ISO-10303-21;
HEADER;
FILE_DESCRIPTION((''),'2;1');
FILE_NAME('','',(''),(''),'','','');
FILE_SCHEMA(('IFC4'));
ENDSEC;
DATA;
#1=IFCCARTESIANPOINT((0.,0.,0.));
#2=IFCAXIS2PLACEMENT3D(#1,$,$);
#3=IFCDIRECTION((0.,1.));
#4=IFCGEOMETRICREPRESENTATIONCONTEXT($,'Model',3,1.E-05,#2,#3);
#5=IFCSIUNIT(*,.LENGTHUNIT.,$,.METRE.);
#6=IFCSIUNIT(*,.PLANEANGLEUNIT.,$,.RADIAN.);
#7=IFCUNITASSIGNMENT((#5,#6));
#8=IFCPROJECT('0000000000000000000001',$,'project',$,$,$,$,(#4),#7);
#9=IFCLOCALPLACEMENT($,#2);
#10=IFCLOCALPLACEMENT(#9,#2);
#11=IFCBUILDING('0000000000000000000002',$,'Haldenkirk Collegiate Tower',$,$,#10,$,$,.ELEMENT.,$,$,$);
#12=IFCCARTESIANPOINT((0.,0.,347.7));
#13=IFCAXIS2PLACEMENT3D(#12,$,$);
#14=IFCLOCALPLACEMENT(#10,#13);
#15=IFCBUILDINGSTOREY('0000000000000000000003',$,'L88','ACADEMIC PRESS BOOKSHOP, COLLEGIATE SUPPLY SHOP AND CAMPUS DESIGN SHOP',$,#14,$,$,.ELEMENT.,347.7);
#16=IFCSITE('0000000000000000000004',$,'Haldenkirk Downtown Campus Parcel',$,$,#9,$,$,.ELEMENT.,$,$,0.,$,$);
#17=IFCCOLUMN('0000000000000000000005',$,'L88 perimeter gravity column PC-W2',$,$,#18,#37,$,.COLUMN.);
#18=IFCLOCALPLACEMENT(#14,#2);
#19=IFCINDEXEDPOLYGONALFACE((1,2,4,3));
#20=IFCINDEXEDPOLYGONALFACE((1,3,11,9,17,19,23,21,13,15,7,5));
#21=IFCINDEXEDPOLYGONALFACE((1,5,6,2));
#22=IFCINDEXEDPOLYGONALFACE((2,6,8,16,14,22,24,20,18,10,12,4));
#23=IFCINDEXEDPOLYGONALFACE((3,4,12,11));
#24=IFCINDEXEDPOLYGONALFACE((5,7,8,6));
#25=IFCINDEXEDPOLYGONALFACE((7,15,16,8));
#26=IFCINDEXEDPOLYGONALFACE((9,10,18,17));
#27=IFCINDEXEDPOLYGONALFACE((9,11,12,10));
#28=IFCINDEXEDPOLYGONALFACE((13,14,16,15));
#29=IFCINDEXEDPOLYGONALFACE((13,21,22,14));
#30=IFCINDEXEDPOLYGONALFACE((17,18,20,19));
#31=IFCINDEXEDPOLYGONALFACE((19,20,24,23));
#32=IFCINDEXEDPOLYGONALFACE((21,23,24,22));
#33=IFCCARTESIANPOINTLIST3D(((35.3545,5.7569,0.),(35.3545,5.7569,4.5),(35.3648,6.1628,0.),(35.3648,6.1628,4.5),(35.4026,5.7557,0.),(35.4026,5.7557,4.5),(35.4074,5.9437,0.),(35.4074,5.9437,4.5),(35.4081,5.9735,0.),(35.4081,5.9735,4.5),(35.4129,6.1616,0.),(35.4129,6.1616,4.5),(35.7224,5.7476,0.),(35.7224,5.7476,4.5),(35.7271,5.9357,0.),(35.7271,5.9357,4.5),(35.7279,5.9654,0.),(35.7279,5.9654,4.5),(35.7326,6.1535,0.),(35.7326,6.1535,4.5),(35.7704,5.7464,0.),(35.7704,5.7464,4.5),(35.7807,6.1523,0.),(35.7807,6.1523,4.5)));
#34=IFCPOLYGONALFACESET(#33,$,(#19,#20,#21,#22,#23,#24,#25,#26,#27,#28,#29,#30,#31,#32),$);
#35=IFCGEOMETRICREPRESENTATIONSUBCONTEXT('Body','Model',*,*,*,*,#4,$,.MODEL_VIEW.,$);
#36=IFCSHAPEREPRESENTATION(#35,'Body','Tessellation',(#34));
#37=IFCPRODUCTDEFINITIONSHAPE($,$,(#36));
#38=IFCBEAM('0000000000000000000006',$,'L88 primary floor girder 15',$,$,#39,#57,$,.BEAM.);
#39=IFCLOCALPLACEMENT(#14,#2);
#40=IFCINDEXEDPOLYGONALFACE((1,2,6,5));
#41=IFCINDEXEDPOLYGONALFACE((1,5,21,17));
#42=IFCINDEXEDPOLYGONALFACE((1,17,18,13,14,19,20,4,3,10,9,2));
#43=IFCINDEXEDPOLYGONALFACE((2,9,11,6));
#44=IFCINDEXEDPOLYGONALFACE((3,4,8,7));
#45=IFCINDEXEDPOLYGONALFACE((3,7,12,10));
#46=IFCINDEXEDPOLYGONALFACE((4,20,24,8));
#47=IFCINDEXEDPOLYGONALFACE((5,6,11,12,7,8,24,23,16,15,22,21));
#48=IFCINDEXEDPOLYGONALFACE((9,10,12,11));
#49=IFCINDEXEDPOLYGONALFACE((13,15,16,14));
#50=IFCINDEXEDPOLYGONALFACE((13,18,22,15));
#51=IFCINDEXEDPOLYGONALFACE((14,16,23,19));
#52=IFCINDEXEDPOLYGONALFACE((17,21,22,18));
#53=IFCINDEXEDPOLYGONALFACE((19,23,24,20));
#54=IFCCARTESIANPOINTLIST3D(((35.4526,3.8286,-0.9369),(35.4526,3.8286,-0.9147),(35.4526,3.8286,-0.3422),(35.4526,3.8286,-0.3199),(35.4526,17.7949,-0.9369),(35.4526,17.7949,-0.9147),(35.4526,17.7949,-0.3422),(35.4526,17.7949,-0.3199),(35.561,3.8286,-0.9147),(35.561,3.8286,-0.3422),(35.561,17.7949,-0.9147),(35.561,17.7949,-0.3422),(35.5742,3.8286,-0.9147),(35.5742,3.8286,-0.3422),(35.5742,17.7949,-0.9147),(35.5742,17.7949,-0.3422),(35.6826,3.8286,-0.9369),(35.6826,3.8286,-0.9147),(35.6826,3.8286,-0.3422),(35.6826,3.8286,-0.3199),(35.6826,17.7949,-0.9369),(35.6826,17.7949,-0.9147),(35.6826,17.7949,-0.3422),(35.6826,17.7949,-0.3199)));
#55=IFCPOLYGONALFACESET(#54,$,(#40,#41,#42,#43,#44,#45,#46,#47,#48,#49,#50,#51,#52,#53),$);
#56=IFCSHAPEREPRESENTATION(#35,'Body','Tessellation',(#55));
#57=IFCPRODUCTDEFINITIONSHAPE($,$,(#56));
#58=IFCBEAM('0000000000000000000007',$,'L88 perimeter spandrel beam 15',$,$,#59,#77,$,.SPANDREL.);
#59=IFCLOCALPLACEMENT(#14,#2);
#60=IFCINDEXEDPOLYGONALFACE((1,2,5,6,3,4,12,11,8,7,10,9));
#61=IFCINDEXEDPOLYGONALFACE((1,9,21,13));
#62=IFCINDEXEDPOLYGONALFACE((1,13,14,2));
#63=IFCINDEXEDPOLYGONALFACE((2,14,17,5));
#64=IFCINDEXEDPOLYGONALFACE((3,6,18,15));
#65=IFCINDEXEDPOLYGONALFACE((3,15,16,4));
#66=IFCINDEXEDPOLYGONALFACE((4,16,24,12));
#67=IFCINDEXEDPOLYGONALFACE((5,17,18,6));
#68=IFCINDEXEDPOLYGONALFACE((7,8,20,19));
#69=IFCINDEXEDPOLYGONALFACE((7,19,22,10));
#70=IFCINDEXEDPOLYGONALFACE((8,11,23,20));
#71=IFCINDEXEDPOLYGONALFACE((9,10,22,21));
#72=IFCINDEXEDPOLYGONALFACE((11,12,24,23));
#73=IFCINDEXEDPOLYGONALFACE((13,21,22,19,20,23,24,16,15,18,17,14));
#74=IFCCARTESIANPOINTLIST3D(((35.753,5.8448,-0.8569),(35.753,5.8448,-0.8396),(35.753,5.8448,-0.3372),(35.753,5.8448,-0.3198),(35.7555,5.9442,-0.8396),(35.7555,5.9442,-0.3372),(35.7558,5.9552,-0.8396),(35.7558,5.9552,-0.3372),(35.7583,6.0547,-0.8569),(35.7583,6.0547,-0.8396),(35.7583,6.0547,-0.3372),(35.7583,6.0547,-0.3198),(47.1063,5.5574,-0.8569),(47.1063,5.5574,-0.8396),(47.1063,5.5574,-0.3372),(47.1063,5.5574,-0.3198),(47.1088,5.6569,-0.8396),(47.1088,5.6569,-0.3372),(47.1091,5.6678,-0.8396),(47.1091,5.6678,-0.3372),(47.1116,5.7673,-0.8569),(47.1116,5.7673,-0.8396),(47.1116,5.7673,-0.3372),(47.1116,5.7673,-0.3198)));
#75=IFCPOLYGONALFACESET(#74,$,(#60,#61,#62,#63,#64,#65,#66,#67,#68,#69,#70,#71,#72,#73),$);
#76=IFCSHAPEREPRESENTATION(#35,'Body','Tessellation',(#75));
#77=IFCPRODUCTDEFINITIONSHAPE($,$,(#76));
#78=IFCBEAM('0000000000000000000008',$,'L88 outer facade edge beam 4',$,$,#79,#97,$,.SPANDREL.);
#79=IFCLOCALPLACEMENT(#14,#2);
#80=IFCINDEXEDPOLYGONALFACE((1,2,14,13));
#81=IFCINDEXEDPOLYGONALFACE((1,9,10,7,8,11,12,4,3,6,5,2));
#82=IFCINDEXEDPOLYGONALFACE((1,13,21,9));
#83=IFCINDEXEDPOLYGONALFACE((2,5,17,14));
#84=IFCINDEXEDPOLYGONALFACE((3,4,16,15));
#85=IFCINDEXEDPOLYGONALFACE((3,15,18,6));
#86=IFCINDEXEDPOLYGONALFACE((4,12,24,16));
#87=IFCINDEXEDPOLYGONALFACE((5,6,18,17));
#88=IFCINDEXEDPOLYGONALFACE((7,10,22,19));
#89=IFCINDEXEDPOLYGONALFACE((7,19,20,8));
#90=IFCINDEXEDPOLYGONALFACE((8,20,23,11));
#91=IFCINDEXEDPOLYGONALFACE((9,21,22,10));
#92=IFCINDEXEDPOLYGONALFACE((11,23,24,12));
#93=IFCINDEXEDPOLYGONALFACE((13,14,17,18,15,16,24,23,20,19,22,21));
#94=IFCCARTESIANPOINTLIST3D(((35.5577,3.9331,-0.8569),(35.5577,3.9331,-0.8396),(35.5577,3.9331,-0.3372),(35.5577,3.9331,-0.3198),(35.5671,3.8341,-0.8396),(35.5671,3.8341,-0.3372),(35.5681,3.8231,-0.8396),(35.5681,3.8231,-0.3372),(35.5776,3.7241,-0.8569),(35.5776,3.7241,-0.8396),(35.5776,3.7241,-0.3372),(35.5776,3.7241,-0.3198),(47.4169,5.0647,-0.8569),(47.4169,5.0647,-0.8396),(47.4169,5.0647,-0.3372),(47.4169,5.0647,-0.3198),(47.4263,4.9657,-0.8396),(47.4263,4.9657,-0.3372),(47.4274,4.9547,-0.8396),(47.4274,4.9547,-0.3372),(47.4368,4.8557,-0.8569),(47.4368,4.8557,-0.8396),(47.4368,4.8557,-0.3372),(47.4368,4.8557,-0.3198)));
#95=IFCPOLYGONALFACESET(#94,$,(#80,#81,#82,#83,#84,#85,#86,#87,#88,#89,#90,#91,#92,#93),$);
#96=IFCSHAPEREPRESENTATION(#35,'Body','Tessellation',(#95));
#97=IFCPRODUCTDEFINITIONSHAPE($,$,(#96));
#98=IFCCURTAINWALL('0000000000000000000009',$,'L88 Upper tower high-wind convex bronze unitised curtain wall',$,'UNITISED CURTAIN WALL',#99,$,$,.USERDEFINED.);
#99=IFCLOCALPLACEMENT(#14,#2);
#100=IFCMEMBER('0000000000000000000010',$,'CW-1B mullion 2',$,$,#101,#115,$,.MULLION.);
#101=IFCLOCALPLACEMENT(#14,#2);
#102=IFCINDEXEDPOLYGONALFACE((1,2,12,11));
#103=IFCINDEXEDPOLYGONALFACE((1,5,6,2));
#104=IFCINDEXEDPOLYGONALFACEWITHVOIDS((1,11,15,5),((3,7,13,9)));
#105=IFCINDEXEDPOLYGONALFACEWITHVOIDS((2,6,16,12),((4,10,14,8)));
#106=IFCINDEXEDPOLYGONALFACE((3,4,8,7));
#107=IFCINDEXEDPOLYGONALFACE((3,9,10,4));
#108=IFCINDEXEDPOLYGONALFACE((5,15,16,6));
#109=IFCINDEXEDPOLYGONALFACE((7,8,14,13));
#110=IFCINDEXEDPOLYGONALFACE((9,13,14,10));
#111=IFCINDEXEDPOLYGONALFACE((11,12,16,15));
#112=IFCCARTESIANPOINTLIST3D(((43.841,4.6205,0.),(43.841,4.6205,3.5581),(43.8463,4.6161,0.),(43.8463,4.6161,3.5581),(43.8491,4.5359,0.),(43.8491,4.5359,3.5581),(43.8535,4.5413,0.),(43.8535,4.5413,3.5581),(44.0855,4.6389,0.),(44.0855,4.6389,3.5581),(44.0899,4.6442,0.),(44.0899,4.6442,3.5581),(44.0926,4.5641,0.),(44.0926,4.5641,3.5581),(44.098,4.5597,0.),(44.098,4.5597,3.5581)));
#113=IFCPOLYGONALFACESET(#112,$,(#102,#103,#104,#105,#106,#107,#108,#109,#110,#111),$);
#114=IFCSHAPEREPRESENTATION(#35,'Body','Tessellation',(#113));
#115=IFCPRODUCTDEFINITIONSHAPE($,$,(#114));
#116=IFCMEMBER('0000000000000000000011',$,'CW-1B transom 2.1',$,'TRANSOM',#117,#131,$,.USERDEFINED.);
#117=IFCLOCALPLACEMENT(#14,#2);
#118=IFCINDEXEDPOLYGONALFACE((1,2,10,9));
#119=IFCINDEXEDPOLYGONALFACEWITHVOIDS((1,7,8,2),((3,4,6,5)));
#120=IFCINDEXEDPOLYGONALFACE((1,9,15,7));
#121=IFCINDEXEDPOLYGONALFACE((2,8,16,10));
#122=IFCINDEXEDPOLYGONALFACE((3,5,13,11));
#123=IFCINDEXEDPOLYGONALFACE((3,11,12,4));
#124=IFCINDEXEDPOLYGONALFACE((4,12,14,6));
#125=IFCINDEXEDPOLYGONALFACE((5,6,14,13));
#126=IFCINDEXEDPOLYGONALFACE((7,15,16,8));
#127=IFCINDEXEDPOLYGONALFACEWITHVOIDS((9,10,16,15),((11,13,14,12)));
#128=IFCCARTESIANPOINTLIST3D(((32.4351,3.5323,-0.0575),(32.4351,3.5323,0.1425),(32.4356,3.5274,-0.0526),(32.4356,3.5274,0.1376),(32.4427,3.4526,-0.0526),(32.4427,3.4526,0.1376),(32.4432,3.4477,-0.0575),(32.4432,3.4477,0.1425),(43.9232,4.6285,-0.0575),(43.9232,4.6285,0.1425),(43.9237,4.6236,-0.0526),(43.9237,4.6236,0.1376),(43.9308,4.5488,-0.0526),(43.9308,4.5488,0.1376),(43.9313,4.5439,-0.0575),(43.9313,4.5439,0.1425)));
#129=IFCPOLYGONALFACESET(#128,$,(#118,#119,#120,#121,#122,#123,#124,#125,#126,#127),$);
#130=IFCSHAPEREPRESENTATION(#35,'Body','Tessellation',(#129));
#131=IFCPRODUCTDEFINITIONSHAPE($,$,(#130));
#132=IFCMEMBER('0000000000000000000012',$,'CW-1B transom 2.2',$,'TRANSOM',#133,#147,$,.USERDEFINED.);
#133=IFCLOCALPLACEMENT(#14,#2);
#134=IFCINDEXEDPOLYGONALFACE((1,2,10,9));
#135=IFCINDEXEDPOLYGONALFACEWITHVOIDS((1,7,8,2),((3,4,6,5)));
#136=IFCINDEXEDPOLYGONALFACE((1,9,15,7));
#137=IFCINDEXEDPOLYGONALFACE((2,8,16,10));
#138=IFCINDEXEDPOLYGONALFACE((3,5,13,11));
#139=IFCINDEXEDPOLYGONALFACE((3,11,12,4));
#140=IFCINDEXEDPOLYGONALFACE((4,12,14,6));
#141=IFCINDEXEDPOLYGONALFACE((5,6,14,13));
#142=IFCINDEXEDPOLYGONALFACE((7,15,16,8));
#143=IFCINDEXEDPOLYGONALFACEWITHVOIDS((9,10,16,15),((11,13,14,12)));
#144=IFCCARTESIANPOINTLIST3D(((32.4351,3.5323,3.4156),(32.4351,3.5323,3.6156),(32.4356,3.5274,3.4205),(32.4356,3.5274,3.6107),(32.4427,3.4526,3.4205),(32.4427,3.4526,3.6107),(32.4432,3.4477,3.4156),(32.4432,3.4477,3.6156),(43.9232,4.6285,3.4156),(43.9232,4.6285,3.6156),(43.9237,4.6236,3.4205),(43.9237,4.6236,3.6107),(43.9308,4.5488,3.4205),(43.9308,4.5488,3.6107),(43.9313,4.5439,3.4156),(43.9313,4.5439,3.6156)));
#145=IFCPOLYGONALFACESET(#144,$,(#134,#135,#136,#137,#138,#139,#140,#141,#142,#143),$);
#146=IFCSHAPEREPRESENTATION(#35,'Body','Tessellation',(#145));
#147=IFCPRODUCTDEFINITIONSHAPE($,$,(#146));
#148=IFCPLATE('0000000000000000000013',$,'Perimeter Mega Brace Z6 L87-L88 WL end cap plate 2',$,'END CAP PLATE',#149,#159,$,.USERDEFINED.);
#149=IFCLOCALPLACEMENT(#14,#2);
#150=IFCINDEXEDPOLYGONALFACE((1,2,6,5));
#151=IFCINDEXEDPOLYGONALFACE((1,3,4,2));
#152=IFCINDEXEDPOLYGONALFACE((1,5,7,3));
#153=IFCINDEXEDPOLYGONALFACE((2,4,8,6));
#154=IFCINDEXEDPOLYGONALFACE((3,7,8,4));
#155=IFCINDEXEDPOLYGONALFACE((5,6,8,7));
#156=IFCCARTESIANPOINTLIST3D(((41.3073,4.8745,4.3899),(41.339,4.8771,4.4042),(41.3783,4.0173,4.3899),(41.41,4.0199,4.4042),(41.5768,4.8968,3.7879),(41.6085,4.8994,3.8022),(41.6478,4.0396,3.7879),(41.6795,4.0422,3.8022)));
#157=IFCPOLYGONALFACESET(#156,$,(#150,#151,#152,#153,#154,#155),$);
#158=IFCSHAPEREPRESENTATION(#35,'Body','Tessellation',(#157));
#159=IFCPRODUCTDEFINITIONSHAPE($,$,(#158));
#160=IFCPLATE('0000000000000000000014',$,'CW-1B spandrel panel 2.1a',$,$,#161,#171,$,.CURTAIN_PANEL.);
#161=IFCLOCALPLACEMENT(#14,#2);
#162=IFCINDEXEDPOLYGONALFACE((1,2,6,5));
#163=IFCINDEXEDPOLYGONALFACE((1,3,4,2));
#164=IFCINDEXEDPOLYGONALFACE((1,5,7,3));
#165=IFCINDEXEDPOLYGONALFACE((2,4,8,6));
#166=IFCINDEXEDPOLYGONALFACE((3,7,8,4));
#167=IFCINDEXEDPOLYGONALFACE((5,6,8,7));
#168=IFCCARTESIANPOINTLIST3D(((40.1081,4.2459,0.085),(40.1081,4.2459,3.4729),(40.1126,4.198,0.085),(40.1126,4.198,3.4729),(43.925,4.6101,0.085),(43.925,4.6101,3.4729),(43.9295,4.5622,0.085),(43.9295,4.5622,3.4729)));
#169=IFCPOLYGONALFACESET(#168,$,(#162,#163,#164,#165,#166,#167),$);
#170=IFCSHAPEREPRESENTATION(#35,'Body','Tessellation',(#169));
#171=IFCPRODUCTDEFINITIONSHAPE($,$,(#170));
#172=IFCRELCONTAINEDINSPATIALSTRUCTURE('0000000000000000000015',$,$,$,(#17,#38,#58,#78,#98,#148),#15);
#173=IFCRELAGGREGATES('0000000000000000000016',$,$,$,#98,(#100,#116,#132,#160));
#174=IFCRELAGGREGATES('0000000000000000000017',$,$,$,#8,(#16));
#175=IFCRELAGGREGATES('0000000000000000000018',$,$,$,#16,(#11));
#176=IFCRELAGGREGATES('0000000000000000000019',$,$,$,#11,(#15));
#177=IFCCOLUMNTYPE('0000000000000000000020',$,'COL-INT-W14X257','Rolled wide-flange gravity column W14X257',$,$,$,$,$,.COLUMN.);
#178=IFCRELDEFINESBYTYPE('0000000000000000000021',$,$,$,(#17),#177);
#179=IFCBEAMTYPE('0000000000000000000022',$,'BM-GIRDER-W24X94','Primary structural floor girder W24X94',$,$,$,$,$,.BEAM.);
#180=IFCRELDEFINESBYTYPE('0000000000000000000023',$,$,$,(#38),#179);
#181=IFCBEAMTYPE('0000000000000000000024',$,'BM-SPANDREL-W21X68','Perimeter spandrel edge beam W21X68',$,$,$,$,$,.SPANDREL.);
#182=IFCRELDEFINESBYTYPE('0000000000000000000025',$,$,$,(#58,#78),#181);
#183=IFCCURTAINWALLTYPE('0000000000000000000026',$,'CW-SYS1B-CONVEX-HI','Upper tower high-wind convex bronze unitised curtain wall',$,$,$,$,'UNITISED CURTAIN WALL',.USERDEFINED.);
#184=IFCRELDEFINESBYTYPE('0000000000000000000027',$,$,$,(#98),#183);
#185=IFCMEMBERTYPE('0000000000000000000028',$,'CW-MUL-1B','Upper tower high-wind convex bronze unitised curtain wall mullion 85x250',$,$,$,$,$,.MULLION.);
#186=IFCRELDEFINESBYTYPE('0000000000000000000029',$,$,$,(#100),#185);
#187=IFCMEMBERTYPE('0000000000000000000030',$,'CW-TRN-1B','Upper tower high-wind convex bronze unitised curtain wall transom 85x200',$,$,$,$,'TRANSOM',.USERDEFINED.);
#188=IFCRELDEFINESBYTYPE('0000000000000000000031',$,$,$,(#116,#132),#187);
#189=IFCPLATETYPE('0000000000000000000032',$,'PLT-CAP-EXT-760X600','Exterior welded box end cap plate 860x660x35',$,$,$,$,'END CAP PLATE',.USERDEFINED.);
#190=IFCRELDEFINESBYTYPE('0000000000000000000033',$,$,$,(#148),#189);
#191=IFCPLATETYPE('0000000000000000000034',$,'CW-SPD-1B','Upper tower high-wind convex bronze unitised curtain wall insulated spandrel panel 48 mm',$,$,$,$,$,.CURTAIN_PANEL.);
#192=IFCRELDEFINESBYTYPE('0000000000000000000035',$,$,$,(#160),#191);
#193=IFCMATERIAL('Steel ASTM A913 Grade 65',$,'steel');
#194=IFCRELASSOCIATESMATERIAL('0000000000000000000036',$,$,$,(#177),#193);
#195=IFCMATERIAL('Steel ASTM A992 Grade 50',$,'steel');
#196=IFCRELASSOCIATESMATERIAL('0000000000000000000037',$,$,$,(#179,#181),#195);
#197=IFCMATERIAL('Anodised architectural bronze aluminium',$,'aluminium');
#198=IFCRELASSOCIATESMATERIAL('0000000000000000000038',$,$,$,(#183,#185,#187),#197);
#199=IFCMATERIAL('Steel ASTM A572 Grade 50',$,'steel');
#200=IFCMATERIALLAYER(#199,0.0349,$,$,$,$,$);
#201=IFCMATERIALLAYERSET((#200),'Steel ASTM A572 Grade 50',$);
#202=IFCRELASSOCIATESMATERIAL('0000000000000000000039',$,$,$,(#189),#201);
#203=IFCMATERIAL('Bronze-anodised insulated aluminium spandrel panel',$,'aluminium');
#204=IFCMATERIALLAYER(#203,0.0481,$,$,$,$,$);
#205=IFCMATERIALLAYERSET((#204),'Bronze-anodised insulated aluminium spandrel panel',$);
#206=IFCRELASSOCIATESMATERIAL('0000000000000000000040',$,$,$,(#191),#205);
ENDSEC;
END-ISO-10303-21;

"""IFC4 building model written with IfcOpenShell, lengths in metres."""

from ifc_helpers import new_model, si_unit, direction, frame, origin, origin_2d, place, context, subcontext, project, spatial, rectangle, hollow_rectangle, i_section, extrude, source, transform, mapped, material, layer, layer_set, material_profile, profile_set, type_object, element, aggregate, save


model = new_model("IFC4")

# Units and contexts
model_context = context("Model", 3, precision=1e-05, world=origin(), true_north=direction((0.0, 1.0)))
body_context = subcontext(model_context, "Body", "Model", "MODEL_VIEW")
ifc_project = project(units=[si_unit("LENGTHUNIT", "METRE"), si_unit("PLANEANGLEUNIT", "RADIAN")], contexts=[model_context])

# Site, building, storey
site_placement = place(None, origin())
site = spatial("IfcSite", under=ifc_project, at=site_placement, Name="Haldenkirk Downtown Campus Parcel", CompositionType="ELEMENT", RefElevation=0.0)
building_placement = place(site_placement, origin())
building = spatial("IfcBuilding", under=site, at=building_placement, Name="Haldenkirk Collegiate Tower", CompositionType="ELEMENT")
storey_placement = place(building_placement, frame((0.0, 0.0, 347.7)))
storey = spatial("IfcBuildingStorey", under=building, at=storey_placement, Name="L88", Description="ACADEMIC PRESS BOOKSHOP, COLLEGIATE SUPPLY SHOP AND CAMPUS DESIGN SHOP", CompositionType="ELEMENT", Elevation=347.7)

# Column
ifc_material_1 = material(Name="Steel ASTM A913 Grade 65", Category="steel")
ifc_material_profile_1 = material_profile(ifc_material_1, i_section(OverallWidth=0.406, OverallDepth=0.416, WebThickness=0.0298, FlangeThickness=0.0481, at=origin_2d()), Name="W14X257")
ifc_profile_set_1 = profile_set([ifc_material_profile_1], Name="Steel ASTM A913 Grade 65")
column_type = type_object("IfcColumnType", Name="COL-INT-W14X257", Description="Rolled wide-flange gravity column W14X257", PredefinedType="COLUMN", material=ifc_profile_set_1)
column_placement = place(storey_placement, frame((35.5676, 5.9546, 0.0), z_axis=(0.0, 0.0, 1.0), x_axis=(0.025305, 0.99968, 0.0)))
element("IfcColumn", 1, at=column_placement, inside=storey, type_object=column_type, Name="L88 perimeter gravity column PC-W2", PredefinedType="COLUMN", context=body_context, shape_type="SweptSolid", body=[
    extrude(i_section(OverallWidth=0.406, OverallDepth=0.416, WebThickness=0.0298, FlangeThickness=0.0481, at=origin_2d()), origin(), (0.0, 0.0, 1.0), 4.5),
])

# Beams
ifc_material_2 = material(Name="Steel ASTM A992 Grade 50", Category="steel")
ifc_material_profile_2 = material_profile(ifc_material_2, i_section(OverallWidth=0.23, OverallDepth=0.6169, WebThickness=0.0132, FlangeThickness=0.0222, at=origin_2d()), Name="W24X94")
ifc_profile_set_2 = profile_set([ifc_material_profile_2], Name="Steel ASTM A992 Grade 50")
beam_type_1 = type_object("IfcBeamType", Name="BM-GIRDER-W24X94", Description="Primary structural floor girder W24X94", PredefinedType="BEAM", material=ifc_profile_set_2)
beam_1_placement = place(storey_placement, frame((35.5676, 3.8286, -0.6284), z_axis=(0.0, 1.0, 0.0), x_axis=(-1.0, 0.0, 0.0)))
element("IfcBeam", 2, at=beam_1_placement, inside=storey, type_object=beam_type_1, Name="L88 primary floor girder 15", PredefinedType="BEAM", context=body_context, shape_type="SweptSolid", body=[
    extrude(i_section(OverallWidth=0.23, OverallDepth=0.6169, WebThickness=0.0132, FlangeThickness=0.0222, at=origin_2d()), origin(), (0.0, 0.0, 1.0), 13.9663),
])
ifc_material_profile_3 = material_profile(ifc_material_2, i_section(OverallWidth=0.21, OverallDepth=0.5371, WebThickness=0.011, FlangeThickness=0.0173, at=origin_2d()), Name="W21X68")
ifc_profile_set_3 = profile_set([ifc_material_profile_3], Name="Steel ASTM A992 Grade 50")
beam_type_2 = type_object("IfcBeamType", Name="BM-SPANDREL-W21X68", Description="Perimeter spandrel edge beam W21X68", PredefinedType="SPANDREL", material=ifc_profile_set_3)
beam_2_placement = place(storey_placement, frame((35.7556, 5.9497, -0.5884), z_axis=(0.99968, -0.025302, 0.0), x_axis=(0.025302, 0.99968, 0.0)))
element("IfcBeam", 3, at=beam_2_placement, inside=storey, type_object=beam_type_2, Name="L88 perimeter spandrel beam 15", PredefinedType="SPANDREL", context=body_context, shape_type="SweptSolid", body=[
    extrude(i_section(OverallWidth=0.21, OverallDepth=0.5371, WebThickness=0.011, FlangeThickness=0.0173, at=origin_2d()), origin(), (0.0, 0.0, 1.0), 11.3569),
])
beam_3_placement = place(storey_placement, frame((35.5676, 3.8286, -0.5884), z_axis=(0.995478, 0.094988, 0.0), x_axis=(-0.094988, 0.995478, 0.0)))
element("IfcBeam", 4, at=beam_3_placement, inside=storey, type_object=beam_type_2, Name="L88 outer facade edge beam 4", PredefinedType="SPANDREL", context=body_context, shape_type="SweptSolid", body=[
    extrude(i_section(OverallWidth=0.21, OverallDepth=0.5371, WebThickness=0.011, FlangeThickness=0.0173, at=origin_2d()), origin(), (0.0, 0.0, 1.0), 11.9131),
])

# Curtain wall, members
ifc_material_3 = material(Name="Anodised architectural bronze aluminium", Category="aluminium")
curtain_wall_type = type_object("IfcCurtainWallType", Name="CW-SYS1B-CONVEX-HI", Description="Upper tower high-wind convex bronze unitised curtain wall", ElementType="UNITISED CURTAIN WALL", PredefinedType="USERDEFINED", material=ifc_material_3)
curtain_wall_placement = place(storey_placement, origin())
curtain_wall = element("IfcCurtainWall", 5, at=curtain_wall_placement, inside=storey, type_object=curtain_wall_type, Name="L88 Upper tower high-wind convex bronze unitised curtain wall", ObjectType="UNITISED CURTAIN WALL", PredefinedType="USERDEFINED")
ifc_material_profile_4 = material_profile(ifc_material_3, hollow_rectangle(XDim=0.085, YDim=0.25, WallThickness=0.0049, at=origin_2d()), Name="CW-MUL-1B")
ifc_profile_set_4 = profile_set([ifc_material_profile_4], Name="Anodised architectural bronze aluminium")
member_type_1 = type_object("IfcMemberType", Name="CW-MUL-1B", Description="Upper tower high-wind convex bronze unitised curtain wall mullion 85x250", PredefinedType="MULLION", material=ifc_profile_set_4)
member_1_placement = place(storey_placement, frame((43.9695, 4.5901, 0.0), z_axis=(0.0, 0.0, 1.0), x_axis=(0.094973, -0.99548, 0.0)))
member_1 = element("IfcMember", 6, at=member_1_placement, type_object=member_type_1, Name="CW-1B mullion 2", PredefinedType="MULLION", context=body_context, shape_type="SweptSolid", body=[
    extrude(hollow_rectangle(XDim=0.085, YDim=0.25, WallThickness=0.0049, at=origin_2d()), origin(), (0.0, 0.0, 1.0), 3.5581),
])
ifc_material_profile_5 = material_profile(ifc_material_3, hollow_rectangle(XDim=0.085, YDim=0.2, WallThickness=0.0049, at=origin_2d()), Name="CW-TRN-1B")
ifc_profile_set_5 = profile_set([ifc_material_profile_5], Name="Anodised architectural bronze aluminium")
member_type_2 = type_object("IfcMemberType", Name="CW-TRN-1B", Description="Upper tower high-wind convex bronze unitised curtain wall transom 85x200", ElementType="TRANSOM", PredefinedType="USERDEFINED", material=ifc_profile_set_5)
member_2_placement = place(storey_placement, frame((43.9272, 4.5862, 0.0425), z_axis=(-0.995478, -0.094989, 0.0), x_axis=(0.094989, -0.995478, 0.0)))
member_2 = element("IfcMember", 7, at=member_2_placement, type_object=member_type_2, Name="CW-1B transom 2.1", ObjectType="TRANSOM", PredefinedType="USERDEFINED", context=body_context, shape_type="SweptSolid", body=[
    extrude(hollow_rectangle(XDim=0.085, YDim=0.2, WallThickness=0.0049, at=origin_2d()), origin(), (0.0, 0.0, 1.0), 11.5403),
])
member_3_placement = place(storey_placement, frame((43.9272, 4.5862, 3.5156), z_axis=(-0.995478, -0.094989, 0.0), x_axis=(0.094989, -0.995478, 0.0)))
member_3 = element("IfcMember", 8, at=member_3_placement, type_object=member_type_2, Name="CW-1B transom 2.2", ObjectType="TRANSOM", PredefinedType="USERDEFINED", context=body_context, shape_type="SweptSolid", body=[
    extrude(hollow_rectangle(XDim=0.085, YDim=0.2, WallThickness=0.0049, at=origin_2d()), origin(), (0.0, 0.0, 1.0), 11.5403),
])

# Plates
ifc_material_4 = material(Name="Steel ASTM A572 Grade 50", Category="steel")
ifc_layer_1 = layer(ifc_material_4, 0.0349)
ifc_layer_set_1 = layer_set([ifc_layer_1], Name="Steel ASTM A572 Grade 50")
plate_type_1 = type_object("IfcPlateType", Name="PLT-CAP-EXT-760X600", Description="Exterior welded box end cap plate 860x660x35", ElementType="END CAP PLATE", PredefinedType="USERDEFINED", material=ifc_layer_set_1)
shared_shape_1 = source(origin(), body_context, "Body", "SweptSolid", [
    extrude(rectangle(XDim=0.8601, YDim=0.6599, at=origin_2d()), origin(), (0.0, 0.0, 1.0), 0.0349),
])
plate_1_placement = place(storey_placement, frame((41.4775, 4.457, 4.0889), z_axis=(0.909092, 0.075288, 0.409735), x_axis=(-0.082534, 0.996588, 0.0)))
element("IfcPlate", 9, at=plate_1_placement, inside=storey, type_object=plate_type_1, Name="Perimeter Mega Brace Z6 L87-L88 WL end cap plate 2", ObjectType="END CAP PLATE", PredefinedType="USERDEFINED", context=body_context, shape_type="MappedRepresentation", body=[
    mapped(shared_shape_1, transform((0.0, 0.0, 0.0), x_axis=(1.0, 0.0, 0.0), y_axis=(0.0, 1.0, 0.0), z_axis=(0.0, 0.0, 1.0), scale=1.0)),
])
ifc_material_5 = material(Name="Bronze-anodised insulated aluminium spandrel panel", Category="aluminium")
ifc_layer_2 = layer(ifc_material_5, 0.0481)
ifc_layer_set_2 = layer_set([ifc_layer_2], Name="Bronze-anodised insulated aluminium spandrel panel")
plate_type_2 = type_object("IfcPlateType", Name="CW-SPD-1B", Description="Upper tower high-wind convex bronze unitised curtain wall insulated spandrel panel 48 mm", PredefinedType="CURTAIN_PANEL", material=ifc_layer_set_2)
shared_shape_2 = source(origin(), body_context, "Body", "SweptSolid", [
    extrude(rectangle(XDim=3.8342, YDim=0.0481, at=origin_2d()), origin(), (0.0, 0.0, 1.0), 3.3879),
])
plate_2_placement = place(storey_placement, frame((42.0188, 4.4041, 0.085), z_axis=(0.0, 0.0, 1.0), x_axis=(-0.99548, -0.094973, 0.0)))
plate_2 = element("IfcPlate", 10, at=plate_2_placement, type_object=plate_type_2, Name="CW-1B spandrel panel 2.1a", PredefinedType="CURTAIN_PANEL", context=body_context, shape_type="MappedRepresentation", body=[
    mapped(shared_shape_2, transform((0.0, 0.0, 0.0), x_axis=(1.0, 0.0, 0.0), y_axis=(0.0, 1.0, 0.0), z_axis=(0.0, 0.0, 1.0), scale=1.0)),
])
aggregate(curtain_wall, [member_1, member_2, member_3, plate_2])

save(model, "model.ifc")
